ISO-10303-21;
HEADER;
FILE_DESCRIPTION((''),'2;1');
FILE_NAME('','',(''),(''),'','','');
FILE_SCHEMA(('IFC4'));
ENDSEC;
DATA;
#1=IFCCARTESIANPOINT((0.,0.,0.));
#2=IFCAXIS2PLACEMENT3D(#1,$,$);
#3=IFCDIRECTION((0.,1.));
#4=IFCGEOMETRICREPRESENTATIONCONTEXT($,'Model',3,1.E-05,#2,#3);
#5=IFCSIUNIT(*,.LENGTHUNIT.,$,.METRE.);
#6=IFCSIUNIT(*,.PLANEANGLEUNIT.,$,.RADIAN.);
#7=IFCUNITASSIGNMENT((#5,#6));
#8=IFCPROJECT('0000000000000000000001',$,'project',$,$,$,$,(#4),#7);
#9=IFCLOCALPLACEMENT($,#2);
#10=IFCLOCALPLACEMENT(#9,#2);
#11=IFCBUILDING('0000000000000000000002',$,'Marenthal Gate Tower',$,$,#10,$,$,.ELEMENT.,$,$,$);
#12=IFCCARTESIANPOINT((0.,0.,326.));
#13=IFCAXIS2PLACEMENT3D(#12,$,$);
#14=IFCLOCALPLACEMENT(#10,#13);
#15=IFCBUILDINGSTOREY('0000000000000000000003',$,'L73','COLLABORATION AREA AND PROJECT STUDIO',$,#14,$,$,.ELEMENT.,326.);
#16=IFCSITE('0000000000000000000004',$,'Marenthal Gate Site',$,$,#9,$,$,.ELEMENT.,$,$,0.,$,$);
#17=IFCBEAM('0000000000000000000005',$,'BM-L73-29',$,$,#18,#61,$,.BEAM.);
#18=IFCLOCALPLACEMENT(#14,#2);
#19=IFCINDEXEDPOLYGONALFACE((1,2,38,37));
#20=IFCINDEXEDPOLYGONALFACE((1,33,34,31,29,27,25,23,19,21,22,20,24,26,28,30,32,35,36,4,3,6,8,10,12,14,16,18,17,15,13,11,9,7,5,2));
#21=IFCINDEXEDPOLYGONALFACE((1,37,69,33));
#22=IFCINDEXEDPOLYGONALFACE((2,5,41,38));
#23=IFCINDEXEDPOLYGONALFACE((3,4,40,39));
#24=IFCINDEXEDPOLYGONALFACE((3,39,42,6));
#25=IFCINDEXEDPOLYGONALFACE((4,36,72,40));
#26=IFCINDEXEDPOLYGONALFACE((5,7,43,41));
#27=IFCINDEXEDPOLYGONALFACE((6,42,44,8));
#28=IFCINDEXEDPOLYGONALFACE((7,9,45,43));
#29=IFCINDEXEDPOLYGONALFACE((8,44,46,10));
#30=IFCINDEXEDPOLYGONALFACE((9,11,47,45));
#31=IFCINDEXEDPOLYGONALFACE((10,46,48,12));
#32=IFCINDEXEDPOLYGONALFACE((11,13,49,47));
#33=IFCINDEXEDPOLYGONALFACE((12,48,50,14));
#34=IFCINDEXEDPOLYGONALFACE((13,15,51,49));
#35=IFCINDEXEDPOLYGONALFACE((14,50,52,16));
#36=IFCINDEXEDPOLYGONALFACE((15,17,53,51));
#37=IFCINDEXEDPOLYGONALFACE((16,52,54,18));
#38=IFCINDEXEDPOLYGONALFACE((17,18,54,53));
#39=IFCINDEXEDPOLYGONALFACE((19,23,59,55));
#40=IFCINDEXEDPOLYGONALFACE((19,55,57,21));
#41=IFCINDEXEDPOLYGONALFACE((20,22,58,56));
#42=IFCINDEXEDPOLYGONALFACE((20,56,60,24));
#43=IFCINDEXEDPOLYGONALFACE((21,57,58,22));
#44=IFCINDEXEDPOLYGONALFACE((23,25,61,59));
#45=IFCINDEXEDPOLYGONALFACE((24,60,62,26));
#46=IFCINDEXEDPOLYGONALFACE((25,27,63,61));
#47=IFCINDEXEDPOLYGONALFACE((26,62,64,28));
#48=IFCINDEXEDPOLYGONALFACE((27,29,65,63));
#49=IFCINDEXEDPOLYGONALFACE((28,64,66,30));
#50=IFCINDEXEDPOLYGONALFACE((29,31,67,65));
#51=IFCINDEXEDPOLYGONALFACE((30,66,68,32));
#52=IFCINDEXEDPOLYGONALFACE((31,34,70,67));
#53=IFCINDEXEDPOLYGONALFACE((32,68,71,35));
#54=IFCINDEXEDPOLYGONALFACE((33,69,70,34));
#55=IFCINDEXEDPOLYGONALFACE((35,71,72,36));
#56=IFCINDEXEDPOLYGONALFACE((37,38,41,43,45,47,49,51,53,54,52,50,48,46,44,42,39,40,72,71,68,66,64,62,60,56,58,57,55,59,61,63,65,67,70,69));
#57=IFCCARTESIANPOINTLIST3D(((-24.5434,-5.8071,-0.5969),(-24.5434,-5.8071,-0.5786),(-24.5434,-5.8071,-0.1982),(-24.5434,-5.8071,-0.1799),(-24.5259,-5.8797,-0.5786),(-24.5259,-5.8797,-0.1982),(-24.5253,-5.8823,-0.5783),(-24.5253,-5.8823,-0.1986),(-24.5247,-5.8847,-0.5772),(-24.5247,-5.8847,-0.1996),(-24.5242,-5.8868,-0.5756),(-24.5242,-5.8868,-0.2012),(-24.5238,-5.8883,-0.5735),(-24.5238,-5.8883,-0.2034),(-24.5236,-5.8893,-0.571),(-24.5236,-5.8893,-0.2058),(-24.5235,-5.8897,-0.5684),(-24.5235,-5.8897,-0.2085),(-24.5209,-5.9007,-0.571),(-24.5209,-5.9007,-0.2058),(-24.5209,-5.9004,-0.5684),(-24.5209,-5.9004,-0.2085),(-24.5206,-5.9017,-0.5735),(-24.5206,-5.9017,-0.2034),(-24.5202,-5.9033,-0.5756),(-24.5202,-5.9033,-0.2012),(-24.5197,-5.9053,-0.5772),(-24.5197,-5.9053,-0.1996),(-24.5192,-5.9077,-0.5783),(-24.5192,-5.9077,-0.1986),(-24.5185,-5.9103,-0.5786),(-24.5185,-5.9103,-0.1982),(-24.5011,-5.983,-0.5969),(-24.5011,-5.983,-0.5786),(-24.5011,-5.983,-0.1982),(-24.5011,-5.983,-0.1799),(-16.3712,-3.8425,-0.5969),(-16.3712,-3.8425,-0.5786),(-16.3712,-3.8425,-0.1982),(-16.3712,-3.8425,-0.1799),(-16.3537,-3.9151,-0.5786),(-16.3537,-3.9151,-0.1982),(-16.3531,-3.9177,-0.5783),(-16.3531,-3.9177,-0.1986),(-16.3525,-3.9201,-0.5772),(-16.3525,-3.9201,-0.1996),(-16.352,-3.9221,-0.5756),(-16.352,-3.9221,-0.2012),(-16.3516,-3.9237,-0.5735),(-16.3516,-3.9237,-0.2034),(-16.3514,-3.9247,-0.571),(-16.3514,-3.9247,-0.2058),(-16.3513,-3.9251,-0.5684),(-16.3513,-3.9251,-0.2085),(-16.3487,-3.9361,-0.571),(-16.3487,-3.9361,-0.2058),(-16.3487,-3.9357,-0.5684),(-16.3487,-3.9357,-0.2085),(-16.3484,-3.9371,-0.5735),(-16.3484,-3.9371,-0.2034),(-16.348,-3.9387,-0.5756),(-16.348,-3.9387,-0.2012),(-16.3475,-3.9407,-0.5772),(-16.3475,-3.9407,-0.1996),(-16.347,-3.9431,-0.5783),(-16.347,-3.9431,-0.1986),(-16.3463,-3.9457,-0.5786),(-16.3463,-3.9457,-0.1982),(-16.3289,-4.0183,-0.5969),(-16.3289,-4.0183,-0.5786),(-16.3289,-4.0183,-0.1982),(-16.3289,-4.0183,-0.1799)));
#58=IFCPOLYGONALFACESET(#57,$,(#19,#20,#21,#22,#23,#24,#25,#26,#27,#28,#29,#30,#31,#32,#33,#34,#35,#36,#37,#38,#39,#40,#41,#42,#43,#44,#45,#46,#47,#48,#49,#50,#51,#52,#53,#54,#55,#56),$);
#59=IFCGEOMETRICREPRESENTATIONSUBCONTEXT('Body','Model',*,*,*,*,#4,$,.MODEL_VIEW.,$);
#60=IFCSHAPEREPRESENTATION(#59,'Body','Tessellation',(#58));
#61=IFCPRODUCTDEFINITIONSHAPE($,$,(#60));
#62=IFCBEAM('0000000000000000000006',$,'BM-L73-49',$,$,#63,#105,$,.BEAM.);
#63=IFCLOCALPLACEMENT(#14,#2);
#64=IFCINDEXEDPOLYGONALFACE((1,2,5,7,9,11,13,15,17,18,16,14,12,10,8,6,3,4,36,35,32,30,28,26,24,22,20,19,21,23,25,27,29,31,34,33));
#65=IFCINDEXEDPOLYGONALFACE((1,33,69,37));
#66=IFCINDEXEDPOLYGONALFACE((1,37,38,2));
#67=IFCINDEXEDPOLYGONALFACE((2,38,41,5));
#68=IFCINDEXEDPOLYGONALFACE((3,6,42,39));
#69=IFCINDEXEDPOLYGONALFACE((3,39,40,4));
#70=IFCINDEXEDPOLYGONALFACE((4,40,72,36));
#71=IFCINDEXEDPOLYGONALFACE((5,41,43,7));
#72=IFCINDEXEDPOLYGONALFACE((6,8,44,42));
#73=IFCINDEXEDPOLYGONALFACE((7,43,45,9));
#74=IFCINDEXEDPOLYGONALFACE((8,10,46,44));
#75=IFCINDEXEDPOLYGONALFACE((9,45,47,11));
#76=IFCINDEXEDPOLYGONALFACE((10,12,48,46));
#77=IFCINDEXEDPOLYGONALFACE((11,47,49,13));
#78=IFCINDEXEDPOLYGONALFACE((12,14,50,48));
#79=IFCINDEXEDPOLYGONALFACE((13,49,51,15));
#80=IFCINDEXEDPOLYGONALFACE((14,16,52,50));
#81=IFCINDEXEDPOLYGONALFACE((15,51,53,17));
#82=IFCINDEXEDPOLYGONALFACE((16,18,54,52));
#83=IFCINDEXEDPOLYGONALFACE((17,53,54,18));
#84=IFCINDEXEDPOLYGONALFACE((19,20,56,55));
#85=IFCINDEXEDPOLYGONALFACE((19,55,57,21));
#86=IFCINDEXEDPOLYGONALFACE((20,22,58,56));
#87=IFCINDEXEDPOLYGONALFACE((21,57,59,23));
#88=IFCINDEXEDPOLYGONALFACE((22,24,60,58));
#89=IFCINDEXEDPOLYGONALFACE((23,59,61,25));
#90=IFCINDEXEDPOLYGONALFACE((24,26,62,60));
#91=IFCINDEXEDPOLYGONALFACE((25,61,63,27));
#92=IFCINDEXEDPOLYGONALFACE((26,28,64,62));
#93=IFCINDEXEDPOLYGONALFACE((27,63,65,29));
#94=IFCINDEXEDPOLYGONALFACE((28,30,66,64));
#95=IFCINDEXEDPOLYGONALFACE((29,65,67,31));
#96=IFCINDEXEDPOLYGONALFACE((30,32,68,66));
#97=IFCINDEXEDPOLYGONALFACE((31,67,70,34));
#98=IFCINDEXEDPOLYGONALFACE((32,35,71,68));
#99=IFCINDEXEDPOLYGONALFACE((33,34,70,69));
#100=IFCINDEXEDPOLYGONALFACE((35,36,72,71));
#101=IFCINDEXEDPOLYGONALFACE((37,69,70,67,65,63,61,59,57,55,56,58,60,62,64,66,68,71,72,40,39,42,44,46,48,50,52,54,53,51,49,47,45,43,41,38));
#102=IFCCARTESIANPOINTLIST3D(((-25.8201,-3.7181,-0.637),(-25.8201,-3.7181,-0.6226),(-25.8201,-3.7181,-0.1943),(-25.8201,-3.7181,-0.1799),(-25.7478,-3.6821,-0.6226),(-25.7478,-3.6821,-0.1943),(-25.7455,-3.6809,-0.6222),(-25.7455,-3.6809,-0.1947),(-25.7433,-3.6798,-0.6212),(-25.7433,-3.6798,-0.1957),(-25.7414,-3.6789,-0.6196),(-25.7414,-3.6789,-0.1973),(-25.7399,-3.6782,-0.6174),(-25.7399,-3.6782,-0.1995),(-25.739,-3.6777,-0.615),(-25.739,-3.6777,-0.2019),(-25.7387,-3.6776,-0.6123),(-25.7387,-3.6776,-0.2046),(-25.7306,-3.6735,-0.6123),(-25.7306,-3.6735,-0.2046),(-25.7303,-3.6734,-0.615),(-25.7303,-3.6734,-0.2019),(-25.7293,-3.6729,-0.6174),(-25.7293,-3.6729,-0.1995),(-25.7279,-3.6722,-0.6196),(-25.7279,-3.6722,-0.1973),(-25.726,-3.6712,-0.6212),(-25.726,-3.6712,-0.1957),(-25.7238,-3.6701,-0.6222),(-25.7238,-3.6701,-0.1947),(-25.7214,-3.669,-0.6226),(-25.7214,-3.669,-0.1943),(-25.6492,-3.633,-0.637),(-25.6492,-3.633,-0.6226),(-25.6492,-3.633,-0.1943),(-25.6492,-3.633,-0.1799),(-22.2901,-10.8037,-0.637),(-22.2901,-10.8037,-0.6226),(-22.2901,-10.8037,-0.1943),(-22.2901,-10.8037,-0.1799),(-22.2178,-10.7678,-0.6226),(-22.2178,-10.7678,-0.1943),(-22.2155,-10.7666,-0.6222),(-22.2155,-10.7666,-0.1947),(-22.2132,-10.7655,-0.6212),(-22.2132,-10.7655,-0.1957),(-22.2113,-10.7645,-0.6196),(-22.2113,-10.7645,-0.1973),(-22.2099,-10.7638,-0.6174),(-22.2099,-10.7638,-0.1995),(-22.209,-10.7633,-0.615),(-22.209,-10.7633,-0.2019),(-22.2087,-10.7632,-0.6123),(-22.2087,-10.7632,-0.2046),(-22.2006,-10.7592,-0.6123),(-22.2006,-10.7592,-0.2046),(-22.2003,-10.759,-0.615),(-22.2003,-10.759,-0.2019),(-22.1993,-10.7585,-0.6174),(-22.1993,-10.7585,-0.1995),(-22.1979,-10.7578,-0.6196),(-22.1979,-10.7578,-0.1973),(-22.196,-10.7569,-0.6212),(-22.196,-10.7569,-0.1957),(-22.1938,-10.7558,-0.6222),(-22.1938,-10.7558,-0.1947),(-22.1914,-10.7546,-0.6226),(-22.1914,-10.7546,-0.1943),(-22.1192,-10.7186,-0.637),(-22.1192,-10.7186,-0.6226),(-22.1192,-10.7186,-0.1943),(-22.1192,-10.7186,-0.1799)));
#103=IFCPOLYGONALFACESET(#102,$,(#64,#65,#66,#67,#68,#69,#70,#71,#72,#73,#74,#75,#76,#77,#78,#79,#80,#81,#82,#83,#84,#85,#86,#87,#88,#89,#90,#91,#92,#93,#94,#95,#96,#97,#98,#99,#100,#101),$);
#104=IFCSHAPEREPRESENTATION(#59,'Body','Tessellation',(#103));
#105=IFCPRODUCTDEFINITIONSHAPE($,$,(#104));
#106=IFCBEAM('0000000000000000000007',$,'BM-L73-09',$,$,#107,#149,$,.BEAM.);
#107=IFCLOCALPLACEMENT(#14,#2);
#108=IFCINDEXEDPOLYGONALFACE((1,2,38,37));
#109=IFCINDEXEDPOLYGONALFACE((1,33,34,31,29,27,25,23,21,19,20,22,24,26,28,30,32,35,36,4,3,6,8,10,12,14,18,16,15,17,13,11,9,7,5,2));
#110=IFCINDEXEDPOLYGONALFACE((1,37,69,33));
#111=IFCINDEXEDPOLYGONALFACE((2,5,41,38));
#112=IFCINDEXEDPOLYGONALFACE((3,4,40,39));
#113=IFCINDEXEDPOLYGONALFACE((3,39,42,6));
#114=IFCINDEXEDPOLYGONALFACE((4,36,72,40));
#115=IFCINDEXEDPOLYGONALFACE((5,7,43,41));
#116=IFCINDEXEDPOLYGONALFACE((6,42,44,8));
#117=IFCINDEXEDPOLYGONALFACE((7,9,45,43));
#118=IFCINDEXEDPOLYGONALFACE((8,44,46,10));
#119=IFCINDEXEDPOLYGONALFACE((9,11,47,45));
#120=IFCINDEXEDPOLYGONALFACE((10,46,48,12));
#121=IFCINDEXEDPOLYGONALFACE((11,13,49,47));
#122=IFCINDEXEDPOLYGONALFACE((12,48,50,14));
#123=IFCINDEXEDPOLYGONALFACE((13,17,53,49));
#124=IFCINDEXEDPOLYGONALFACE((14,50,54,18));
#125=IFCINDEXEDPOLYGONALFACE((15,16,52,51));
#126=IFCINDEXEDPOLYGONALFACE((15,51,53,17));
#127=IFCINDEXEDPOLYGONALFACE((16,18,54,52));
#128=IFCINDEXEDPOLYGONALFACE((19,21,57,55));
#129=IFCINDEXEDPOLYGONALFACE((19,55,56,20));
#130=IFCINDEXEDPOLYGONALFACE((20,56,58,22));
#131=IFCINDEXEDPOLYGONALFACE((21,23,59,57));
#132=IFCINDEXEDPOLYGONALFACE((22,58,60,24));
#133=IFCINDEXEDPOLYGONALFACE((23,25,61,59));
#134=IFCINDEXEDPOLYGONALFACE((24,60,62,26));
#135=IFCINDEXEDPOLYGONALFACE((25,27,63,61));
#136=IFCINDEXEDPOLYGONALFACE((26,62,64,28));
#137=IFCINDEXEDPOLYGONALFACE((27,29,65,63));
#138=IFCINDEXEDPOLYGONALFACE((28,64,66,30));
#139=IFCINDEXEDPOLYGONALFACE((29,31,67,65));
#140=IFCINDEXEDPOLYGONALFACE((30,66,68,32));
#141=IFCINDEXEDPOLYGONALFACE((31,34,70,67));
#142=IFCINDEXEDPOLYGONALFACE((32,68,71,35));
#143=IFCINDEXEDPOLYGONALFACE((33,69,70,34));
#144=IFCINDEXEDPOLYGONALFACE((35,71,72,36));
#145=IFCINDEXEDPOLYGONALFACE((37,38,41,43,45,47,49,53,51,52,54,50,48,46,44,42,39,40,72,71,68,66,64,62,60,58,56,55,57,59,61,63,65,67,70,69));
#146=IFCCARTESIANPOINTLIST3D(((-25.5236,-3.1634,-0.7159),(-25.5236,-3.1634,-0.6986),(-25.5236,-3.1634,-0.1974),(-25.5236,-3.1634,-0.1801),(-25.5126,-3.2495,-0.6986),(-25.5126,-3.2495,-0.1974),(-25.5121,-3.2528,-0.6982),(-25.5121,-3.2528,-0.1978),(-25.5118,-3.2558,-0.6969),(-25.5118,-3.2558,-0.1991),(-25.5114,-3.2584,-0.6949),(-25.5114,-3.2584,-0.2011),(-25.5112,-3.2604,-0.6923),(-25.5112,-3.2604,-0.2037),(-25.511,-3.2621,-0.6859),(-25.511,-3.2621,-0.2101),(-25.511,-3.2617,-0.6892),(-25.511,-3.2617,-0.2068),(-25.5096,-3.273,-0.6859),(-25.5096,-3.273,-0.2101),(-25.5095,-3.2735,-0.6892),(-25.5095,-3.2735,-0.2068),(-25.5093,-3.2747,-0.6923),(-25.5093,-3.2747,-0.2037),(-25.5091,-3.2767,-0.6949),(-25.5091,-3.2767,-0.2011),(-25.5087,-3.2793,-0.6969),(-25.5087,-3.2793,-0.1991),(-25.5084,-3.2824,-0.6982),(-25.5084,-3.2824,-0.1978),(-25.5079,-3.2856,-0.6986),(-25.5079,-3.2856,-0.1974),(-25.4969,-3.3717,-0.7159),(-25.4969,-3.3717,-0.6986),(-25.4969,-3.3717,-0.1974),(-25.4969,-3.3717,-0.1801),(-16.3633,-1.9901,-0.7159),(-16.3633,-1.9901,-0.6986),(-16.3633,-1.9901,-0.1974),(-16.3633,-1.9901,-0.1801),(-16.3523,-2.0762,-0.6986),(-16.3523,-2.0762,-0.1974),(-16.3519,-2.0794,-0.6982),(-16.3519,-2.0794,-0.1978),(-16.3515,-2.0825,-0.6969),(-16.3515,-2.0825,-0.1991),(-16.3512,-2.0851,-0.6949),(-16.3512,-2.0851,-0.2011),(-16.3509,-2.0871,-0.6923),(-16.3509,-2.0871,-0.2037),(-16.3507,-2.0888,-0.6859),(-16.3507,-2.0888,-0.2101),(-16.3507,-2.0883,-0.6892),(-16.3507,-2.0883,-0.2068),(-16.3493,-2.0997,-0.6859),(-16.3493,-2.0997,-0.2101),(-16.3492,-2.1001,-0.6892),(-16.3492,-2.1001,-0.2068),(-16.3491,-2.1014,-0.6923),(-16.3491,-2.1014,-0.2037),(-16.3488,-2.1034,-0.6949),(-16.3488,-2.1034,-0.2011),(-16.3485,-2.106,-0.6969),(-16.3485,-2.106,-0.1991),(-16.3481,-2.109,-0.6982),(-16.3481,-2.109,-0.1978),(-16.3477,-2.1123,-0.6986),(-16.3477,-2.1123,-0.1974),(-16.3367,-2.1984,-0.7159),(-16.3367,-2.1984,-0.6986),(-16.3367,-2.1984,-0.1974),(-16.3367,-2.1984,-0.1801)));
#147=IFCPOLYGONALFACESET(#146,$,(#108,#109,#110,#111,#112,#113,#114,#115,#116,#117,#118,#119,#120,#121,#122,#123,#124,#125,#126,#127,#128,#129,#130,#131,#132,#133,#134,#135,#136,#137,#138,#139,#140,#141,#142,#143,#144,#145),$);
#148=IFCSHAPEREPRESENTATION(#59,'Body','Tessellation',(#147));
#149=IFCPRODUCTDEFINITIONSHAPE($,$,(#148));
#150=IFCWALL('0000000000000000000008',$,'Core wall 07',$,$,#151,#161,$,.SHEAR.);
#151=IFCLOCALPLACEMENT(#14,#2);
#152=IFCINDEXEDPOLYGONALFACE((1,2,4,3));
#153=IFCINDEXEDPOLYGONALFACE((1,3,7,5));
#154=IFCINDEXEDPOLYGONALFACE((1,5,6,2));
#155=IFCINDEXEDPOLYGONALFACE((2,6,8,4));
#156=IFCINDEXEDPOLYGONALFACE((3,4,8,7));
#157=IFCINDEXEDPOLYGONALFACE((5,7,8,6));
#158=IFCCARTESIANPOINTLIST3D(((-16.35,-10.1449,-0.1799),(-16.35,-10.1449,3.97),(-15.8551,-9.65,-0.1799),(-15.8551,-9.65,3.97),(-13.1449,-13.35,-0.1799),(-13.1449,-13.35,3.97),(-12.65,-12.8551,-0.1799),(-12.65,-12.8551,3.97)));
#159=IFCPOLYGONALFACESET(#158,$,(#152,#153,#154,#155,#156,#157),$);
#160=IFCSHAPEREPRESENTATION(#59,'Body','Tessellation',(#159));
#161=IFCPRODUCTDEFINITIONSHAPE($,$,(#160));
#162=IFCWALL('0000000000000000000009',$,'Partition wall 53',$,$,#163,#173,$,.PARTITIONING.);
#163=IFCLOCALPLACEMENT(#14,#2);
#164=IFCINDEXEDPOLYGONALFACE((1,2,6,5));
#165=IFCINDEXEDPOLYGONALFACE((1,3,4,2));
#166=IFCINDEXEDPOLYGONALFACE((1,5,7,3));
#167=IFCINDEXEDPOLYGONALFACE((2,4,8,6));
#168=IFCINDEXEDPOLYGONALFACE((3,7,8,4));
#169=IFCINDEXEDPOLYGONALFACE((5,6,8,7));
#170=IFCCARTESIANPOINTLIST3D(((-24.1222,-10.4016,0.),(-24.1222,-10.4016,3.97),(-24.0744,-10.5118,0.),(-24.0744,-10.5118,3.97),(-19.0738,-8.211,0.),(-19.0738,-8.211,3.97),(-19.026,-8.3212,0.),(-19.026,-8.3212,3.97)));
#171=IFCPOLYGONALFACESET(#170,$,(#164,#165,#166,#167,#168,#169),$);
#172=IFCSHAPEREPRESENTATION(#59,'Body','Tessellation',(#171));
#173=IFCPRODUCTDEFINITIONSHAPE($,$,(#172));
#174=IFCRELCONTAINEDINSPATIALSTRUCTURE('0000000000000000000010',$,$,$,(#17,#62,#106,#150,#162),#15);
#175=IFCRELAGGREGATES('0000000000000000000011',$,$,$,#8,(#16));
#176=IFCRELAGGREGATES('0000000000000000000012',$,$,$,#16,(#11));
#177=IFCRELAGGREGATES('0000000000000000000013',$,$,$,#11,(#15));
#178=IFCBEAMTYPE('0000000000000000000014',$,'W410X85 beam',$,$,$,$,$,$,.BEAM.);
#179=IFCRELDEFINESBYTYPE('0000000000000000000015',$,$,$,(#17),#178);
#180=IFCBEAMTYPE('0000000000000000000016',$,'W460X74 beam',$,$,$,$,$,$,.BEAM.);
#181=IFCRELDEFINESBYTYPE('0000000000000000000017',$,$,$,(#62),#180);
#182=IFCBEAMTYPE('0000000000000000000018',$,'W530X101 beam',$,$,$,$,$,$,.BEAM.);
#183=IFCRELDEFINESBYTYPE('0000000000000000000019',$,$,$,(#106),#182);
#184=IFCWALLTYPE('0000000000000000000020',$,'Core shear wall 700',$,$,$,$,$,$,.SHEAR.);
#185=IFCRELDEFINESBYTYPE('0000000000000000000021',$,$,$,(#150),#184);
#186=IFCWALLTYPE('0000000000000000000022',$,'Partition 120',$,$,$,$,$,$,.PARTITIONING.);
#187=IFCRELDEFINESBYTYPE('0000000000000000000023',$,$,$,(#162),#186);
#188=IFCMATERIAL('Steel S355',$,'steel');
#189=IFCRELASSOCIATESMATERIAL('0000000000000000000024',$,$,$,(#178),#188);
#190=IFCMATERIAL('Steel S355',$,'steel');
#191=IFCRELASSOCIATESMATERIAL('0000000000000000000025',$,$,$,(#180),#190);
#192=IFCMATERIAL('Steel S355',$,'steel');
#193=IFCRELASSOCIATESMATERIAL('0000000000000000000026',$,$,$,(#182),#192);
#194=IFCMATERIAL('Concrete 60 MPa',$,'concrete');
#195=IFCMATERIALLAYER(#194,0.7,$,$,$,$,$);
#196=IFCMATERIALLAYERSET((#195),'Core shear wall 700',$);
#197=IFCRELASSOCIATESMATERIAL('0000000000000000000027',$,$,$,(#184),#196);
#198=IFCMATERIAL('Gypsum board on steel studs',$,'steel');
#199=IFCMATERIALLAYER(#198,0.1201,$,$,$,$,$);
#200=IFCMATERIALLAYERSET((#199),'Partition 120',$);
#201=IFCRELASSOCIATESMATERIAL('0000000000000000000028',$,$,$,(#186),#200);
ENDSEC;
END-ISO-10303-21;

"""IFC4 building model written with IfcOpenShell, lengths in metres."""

from ifc_helpers import new_model, si_unit, direction, frame, frame_2d, origin, origin_2d, place, context, subcontext, project, spatial, rectangle, i_section, extrude, material, layer, layer_set, material_profile, profile_set, type_object, element, save


model = new_model("IFC4")

# Units and contexts
model_context = context("Model", 3, precision=1e-05, world=origin(), true_north=direction((0.0, 1.0)))
body_context = subcontext(model_context, "Body", "Model", "MODEL_VIEW")
ifc_project = project(units=[si_unit("LENGTHUNIT", "METRE"), si_unit("PLANEANGLEUNIT", "RADIAN")], contexts=[model_context])

# Site, building, storey
site_placement = place(None, origin())
site = spatial("IfcSite", under=ifc_project, at=site_placement, Name="Marenthal Gate Site", CompositionType="ELEMENT", RefElevation=0.0)
building_placement = place(site_placement, origin())
building = spatial("IfcBuilding", under=site, at=building_placement, Name="Marenthal Gate Tower", CompositionType="ELEMENT")
storey_placement = place(building_placement, frame((0.0, 0.0, 326.0)))
storey = spatial("IfcBuildingStorey", under=building, at=storey_placement, Name="L73", Description="COLLABORATION AREA AND PROJECT STUDIO", CompositionType="ELEMENT", Elevation=326.0)

# Beams
ifc_material_1 = material(Name="Steel S355", Category="steel")
ifc_material_profile_1 = material_profile(ifc_material_1, i_section(OverallWidth=0.1809, OverallDepth=0.417, WebThickness=0.011, FlangeThickness=0.0183, FilletRadius=0.0103, at=origin_2d()), Name="W410X85")
ifc_profile_set_1 = profile_set([ifc_material_profile_1], Name="Steel S355")
beam_type_1 = type_object("IfcBeamType", Name="W410X85 beam", PredefinedType="BEAM", material=ifc_profile_set_1)
beam_1_placement = place(storey_placement, frame((-24.5222, -5.895, -0.3884), z_axis=(0.972298, 0.233743, 0.0), x_axis=(-0.233743, 0.972298, 0.0)))
element("IfcBeam", 1, at=beam_1_placement, inside=storey, type_object=beam_type_1, Name="BM-L73-29", PredefinedType="BEAM", context=body_context, shape_type="SweptSolid", body=[
    extrude(i_section(OverallWidth=0.1809, OverallDepth=0.417, WebThickness=0.011, FlangeThickness=0.0183, FilletRadius=0.0103, at=origin_2d()), origin(), (0.0, 0.0, 1.0), 8.405),
])
ifc_material_2 = material(Name="Steel S355", Category="steel")
ifc_material_profile_2 = material_profile(ifc_material_2, i_section(OverallWidth=0.1909, OverallDepth=0.457, WebThickness=0.009, FlangeThickness=0.0144, FilletRadius=0.0103, at=origin_2d()), Name="W460X74")
ifc_profile_set_2 = profile_set([ifc_material_profile_2], Name="Steel S355")
beam_type_2 = type_object("IfcBeamType", Name="W460X74 beam", PredefinedType="BEAM", material=ifc_profile_set_2)
beam_2_placement = place(storey_placement, frame((-25.7346, -3.6755, -0.4084), z_axis=(0.445918, -0.895074, 0.0), x_axis=(0.895074, 0.445918, 0.0)))
element("IfcBeam", 2, at=beam_2_placement, inside=storey, type_object=beam_type_2, Name="BM-L73-49", PredefinedType="BEAM", context=body_context, shape_type="SweptSolid", body=[
    extrude(i_section(OverallWidth=0.1909, OverallDepth=0.457, WebThickness=0.009, FlangeThickness=0.0144, FilletRadius=0.0103, at=origin_2d()), origin(), (0.0, 0.0, 1.0), 7.9163),
])
ifc_material_3 = material(Name="Steel S355", Category="steel")
ifc_material_profile_3 = material_profile(ifc_material_3, i_section(OverallWidth=0.21, OverallDepth=0.5359, WebThickness=0.011, FlangeThickness=0.0173, FilletRadius=0.0127, at=origin_2d()), Name="W530X101")
ifc_profile_set_3 = profile_set([ifc_material_profile_3], Name="Steel S355")
beam_type_3 = type_object("IfcBeamType", Name="W530X101 beam", PredefinedType="BEAM", material=ifc_profile_set_3)
beam_3_placement = place(storey_placement, frame((-25.5103, -3.2676, -0.448), z_axis=(0.991896, 0.127054, 0.0), x_axis=(-0.127054, 0.991896, 0.0)))
element("IfcBeam", 3, at=beam_3_placement, inside=storey, type_object=beam_type_3, Name="BM-L73-09", PredefinedType="BEAM", context=body_context, shape_type="SweptSolid", body=[
    extrude(i_section(OverallWidth=0.21, OverallDepth=0.5359, WebThickness=0.011, FlangeThickness=0.0173, FilletRadius=0.0127, at=origin_2d()), origin(), (0.0, 0.0, 1.0), 9.2351),
])

# Walls
ifc_material_4 = material(Name="Concrete 60 MPa", Category="concrete")
ifc_layer_1 = layer(ifc_material_4, 0.7)
ifc_layer_set_1 = layer_set([ifc_layer_1], Name="Core shear wall 700")
wall_type_1 = type_object("IfcWallType", Name="Core shear wall 700", PredefinedType="SHEAR", material=ifc_layer_set_1)
wall_1_placement = place(storey_placement, frame((-16.1025, -9.8975, -0.1799), z_axis=(0.0, 0.0, 1.0), x_axis=(0.707107, -0.707107, 0.0)))
element("IfcWall", 4, at=wall_1_placement, inside=storey, type_object=wall_type_1, Name="Core wall 07", PredefinedType="SHEAR", context=body_context, shape_type="SweptSolid", body=[
    extrude(rectangle(XDim=4.5327, YDim=0.7, at=frame_2d((2.2664, 0.0))), origin(), (0.0, 0.0, 1.0), 4.1499),
])
ifc_material_5 = material(Name="Gypsum board on steel studs", Category="steel")
ifc_layer_2 = layer(ifc_material_5, 0.1201)
ifc_layer_set_2 = layer_set([ifc_layer_2], Name="Partition 120")
wall_type_2 = type_object("IfcWallType", Name="Partition 120", PredefinedType="PARTITIONING", material=ifc_layer_set_2)
wall_2_placement = place(storey_placement, frame((-19.05, -8.2661, 0.0), z_axis=(0.0, 0.0, 1.0), x_axis=(-0.917353, -0.398076, 0.0)))
element("IfcWall", 5, at=wall_2_placement, inside=storey, type_object=wall_type_2, Name="Partition wall 53", PredefinedType="PARTITIONING", context=body_context, shape_type="SweptSolid", body=[
    extrude(rectangle(XDim=5.5032, YDim=0.1201, at=frame_2d((2.7515, 0.0))), origin(), (0.0, 0.0, 1.0), 3.97),
])

save(model, "model.ifc")
